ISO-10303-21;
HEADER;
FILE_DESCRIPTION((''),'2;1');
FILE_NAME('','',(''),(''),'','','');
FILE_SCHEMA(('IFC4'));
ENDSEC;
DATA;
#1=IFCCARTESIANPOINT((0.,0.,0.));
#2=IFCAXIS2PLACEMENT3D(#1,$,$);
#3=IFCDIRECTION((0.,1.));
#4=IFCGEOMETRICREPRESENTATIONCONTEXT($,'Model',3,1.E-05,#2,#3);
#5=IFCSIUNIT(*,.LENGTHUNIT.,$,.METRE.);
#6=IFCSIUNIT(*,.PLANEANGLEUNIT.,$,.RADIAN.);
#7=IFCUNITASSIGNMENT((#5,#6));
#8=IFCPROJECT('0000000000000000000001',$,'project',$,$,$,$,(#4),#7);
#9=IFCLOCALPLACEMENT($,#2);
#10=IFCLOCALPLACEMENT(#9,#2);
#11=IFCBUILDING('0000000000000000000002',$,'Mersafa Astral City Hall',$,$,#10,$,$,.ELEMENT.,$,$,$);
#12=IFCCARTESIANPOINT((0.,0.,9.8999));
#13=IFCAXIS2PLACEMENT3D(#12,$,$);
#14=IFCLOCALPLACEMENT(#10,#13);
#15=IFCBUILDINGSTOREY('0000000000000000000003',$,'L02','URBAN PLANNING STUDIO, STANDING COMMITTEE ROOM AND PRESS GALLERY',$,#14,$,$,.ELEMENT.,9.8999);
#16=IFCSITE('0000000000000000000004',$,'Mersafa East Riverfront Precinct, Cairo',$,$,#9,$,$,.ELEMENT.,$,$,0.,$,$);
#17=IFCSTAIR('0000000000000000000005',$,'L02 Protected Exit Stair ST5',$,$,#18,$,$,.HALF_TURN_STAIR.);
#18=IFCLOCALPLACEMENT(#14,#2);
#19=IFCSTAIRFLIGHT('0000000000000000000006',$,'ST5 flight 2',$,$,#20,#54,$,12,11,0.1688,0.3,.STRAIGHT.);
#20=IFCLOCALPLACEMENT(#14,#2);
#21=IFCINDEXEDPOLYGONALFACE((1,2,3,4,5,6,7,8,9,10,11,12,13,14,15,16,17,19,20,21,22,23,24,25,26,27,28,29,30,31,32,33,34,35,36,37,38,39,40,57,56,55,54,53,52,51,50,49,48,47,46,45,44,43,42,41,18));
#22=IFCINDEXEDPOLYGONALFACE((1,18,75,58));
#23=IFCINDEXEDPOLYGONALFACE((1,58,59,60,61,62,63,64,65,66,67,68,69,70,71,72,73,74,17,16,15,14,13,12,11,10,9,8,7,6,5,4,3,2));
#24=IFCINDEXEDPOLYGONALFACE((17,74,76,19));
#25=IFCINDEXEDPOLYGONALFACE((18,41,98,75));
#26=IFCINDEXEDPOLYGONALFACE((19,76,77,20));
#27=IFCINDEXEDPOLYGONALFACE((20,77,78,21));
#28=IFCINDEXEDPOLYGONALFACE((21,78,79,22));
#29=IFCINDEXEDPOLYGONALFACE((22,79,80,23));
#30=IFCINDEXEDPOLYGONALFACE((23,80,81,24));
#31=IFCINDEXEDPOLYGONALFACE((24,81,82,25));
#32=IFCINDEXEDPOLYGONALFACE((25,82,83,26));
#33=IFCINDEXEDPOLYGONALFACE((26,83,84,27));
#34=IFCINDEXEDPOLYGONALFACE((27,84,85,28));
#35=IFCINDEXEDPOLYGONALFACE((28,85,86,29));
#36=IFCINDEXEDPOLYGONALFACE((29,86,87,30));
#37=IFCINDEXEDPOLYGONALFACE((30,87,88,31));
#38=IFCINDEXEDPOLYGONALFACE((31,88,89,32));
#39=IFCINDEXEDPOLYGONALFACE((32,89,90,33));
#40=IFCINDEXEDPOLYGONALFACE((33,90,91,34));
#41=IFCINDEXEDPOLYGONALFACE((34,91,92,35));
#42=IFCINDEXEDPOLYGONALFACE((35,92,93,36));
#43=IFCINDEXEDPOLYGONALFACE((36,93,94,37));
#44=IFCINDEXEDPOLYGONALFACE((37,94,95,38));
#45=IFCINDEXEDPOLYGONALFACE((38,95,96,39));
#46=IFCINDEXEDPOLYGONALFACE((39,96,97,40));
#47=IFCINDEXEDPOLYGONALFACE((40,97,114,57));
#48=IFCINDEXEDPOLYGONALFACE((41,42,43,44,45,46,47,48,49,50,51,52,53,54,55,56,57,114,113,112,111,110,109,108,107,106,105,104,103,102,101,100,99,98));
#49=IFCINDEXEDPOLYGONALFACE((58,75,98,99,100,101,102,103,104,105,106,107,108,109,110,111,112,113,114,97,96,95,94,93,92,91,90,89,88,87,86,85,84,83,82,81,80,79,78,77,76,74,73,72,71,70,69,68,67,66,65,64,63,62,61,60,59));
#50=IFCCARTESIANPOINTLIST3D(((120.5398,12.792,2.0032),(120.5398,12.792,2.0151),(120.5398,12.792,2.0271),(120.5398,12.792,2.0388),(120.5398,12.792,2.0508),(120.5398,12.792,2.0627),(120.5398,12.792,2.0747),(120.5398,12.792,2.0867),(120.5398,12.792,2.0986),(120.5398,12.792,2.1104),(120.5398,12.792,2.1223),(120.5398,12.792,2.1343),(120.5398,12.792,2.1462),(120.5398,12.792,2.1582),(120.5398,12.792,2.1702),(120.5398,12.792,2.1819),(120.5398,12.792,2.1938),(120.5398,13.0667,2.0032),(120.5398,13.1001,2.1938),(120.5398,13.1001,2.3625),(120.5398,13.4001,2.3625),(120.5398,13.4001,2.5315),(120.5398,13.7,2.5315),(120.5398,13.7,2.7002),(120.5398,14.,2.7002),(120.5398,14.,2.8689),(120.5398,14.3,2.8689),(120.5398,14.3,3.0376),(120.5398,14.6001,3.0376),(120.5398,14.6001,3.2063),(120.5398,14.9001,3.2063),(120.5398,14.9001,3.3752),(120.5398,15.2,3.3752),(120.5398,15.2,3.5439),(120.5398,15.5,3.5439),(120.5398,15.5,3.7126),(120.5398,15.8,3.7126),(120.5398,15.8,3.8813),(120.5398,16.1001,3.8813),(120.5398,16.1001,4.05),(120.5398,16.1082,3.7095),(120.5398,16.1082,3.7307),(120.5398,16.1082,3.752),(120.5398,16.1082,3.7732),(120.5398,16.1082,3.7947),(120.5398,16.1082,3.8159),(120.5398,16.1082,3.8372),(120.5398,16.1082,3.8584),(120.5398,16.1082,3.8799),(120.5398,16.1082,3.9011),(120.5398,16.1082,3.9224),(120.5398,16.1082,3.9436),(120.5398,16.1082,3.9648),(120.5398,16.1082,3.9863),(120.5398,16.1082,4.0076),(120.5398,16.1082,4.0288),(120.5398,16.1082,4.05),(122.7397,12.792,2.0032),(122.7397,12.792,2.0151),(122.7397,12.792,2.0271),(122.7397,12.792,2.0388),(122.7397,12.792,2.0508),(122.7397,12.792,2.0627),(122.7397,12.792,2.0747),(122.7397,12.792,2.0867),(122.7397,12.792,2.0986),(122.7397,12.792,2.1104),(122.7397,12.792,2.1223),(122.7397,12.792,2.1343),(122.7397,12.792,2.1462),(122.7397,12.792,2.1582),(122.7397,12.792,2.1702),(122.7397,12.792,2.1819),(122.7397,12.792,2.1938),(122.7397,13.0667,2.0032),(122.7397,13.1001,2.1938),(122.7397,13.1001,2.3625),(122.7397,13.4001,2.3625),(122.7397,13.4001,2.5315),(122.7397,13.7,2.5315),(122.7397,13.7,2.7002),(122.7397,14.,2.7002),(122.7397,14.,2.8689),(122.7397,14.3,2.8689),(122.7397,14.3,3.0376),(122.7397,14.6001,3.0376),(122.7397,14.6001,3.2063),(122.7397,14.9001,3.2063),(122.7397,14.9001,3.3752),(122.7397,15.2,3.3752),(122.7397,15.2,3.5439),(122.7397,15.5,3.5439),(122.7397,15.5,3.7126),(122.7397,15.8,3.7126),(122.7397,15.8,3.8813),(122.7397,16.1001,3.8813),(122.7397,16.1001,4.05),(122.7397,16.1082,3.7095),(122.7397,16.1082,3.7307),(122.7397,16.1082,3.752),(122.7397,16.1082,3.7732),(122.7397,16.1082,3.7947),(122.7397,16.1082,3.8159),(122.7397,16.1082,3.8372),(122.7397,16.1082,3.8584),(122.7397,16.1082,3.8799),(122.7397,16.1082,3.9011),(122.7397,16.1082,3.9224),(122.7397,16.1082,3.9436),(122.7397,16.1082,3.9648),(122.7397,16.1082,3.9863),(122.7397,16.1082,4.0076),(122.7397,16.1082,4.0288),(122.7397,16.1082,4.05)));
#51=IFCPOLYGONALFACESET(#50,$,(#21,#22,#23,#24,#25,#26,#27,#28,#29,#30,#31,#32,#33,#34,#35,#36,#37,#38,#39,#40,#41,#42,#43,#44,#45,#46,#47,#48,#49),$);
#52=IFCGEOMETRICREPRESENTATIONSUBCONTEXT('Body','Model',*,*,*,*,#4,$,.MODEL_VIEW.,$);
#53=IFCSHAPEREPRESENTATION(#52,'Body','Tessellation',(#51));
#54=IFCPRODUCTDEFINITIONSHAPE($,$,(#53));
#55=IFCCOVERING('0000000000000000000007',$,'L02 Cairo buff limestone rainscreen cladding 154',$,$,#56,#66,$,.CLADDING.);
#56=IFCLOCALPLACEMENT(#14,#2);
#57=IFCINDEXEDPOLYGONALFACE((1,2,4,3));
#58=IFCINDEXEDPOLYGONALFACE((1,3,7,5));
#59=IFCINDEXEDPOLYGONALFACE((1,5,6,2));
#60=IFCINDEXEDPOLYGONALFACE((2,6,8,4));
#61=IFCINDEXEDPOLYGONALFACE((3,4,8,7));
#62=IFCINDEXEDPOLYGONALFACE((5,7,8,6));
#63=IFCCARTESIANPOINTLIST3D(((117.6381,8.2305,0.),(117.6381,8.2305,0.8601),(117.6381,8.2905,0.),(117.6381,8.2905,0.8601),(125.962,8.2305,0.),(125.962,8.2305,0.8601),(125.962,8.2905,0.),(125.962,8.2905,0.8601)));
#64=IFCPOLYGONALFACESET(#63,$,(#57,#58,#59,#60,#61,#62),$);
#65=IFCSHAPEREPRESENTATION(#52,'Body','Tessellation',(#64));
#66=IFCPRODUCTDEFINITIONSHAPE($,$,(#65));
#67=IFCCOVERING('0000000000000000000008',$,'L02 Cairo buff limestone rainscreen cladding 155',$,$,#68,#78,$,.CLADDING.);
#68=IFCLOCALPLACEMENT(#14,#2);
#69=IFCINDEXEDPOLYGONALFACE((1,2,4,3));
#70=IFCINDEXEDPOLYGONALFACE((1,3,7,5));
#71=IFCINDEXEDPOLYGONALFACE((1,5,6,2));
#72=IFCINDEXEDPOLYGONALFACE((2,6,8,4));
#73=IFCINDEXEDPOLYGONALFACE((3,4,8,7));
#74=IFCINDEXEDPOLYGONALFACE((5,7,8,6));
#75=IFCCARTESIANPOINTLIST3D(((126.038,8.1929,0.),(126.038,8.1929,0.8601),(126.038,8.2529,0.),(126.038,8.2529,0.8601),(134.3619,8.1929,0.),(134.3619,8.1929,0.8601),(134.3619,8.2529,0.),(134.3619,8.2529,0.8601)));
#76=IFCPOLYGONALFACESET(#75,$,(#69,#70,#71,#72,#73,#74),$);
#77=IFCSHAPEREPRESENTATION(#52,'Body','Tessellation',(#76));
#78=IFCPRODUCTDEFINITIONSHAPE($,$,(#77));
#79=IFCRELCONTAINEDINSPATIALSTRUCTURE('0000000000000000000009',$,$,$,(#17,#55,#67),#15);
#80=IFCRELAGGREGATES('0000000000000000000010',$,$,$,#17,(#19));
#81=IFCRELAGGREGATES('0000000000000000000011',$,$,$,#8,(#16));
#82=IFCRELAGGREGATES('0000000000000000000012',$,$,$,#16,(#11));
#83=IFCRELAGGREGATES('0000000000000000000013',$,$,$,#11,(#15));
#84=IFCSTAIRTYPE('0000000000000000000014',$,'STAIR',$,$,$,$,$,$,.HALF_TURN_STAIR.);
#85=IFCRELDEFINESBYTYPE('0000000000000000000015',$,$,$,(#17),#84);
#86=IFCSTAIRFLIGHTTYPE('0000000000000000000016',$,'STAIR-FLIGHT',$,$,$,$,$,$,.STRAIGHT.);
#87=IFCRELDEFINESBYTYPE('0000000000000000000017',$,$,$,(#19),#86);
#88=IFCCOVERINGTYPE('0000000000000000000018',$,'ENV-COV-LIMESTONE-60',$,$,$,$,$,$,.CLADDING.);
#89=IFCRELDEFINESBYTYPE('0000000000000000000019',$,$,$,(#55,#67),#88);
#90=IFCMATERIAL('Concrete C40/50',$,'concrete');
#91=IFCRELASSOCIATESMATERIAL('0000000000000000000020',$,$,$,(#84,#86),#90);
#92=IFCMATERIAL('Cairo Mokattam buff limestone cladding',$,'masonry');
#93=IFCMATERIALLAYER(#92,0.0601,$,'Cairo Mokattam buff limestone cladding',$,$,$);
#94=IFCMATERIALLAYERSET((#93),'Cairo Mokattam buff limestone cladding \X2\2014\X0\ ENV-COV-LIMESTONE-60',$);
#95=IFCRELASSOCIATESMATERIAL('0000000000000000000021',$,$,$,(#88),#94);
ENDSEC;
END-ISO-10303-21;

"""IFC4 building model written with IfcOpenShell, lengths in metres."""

from ifc_helpers import new_model, si_unit, direction, frame, origin, origin_2d, place, context, subcontext, project, spatial, polyline, rectangle, outline, extrude, material, layer, layer_set, type_object, element, aggregate, save


model = new_model("IFC4")

# Units and contexts
model_context = context("Model", 3, precision=1e-05, world=origin(), true_north=direction((0.0, 1.0)))
body_context = subcontext(model_context, "Body", "Model", "MODEL_VIEW")
ifc_project = project(units=[si_unit("LENGTHUNIT", "METRE"), si_unit("PLANEANGLEUNIT", "RADIAN")], contexts=[model_context])

# Site, building, storey
site_placement = place(None, origin())
site = spatial("IfcSite", under=ifc_project, at=site_placement, Name="Mersafa East Riverfront Precinct, Cairo", CompositionType="ELEMENT", RefElevation=0.0)
building_placement = place(site_placement, origin())
building = spatial("IfcBuilding", under=site, at=building_placement, Name="Mersafa Astral City Hall", CompositionType="ELEMENT")
storey_placement = place(building_placement, frame((0.0, 0.0, 9.8999)))
storey = spatial("IfcBuildingStorey", under=building, at=storey_placement, Name="L02", Description="URBAN PLANNING STUDIO, STANDING COMMITTEE ROOM AND PRESS GALLERY", CompositionType="ELEMENT", Elevation=9.8999)

# Shared definitions
ifc_material_1 = material(Name="Concrete C40/50", Category="concrete")

# Stair, stair flight
stair_type = type_object("IfcStairType", Name="STAIR", PredefinedType="HALF_TURN_STAIR", material=ifc_material_1)
stair_placement = place(storey_placement, origin())
stair = element("IfcStair", 1, at=stair_placement, inside=storey, type_object=stair_type, Name="L02 Protected Exit Stair ST5", PredefinedType="HALF_TURN_STAIR")
stair_flight_type = type_object("IfcStairFlightType", Name="STAIR-FLIGHT", PredefinedType="STRAIGHT", material=ifc_material_1)
stair_flight_placement = place(storey_placement, frame((121.6399, 12.8, 2.0251), z_axis=(0.0, 0.0, 1.0), x_axis=(0.0, 1.0, 0.0)))
stair_flight = element("IfcStairFlight", 2, at=stair_flight_placement, type_object=stair_flight_type, Name="ST5 flight 2", NumberOfRisers=12, NumberOfTreads=11, PredefinedType="STRAIGHT", RiserHeight=0.1688, TreadLength=0.3, context=body_context, shape_type="SweptSolid", body=[
    extrude(outline(polyline([(-0.0081, -0.022), (-0.0081, -0.01), (-0.0081, 0.002), (-0.0081, 0.0137), (-0.0081, 0.0256), (-0.0081, 0.0376), (-0.0081, 0.0496), (-0.0081, 0.0615), (-0.0081, 0.0735), (-0.0081, 0.0852), (-0.0081, 0.0972), (-0.0081, 0.1091), (-0.0081, 0.1211), (-0.0081, 0.1331), (-0.0081, 0.145), (-0.0081, 0.1567), (-0.0081, 0.1687), (0.3, 0.1687), (0.3, 0.3374), (0.6001, 0.3374), (0.6001, 0.5063), (0.8999, 0.5063), (0.8999, 0.675), (1.2, 0.675), (1.2, 0.8438), (1.5, 0.8438), (1.5, 1.0125), (1.8, 1.0125), (1.8, 1.1812), (2.1001, 1.1812), (2.1001, 1.3501), (2.3999, 1.3501), (2.3999, 1.5188), (2.7, 1.5188), (2.7, 1.6875), (3.0, 1.6875), (3.0, 1.8562), (3.3, 1.8562), (3.3, 2.0249), (3.3081, 2.0249), (3.3081, 2.0037), (3.3081, 1.9824), (3.3081, 1.9612), (3.3081, 1.9397), (3.3081, 1.9185), (3.3081, 1.8972), (3.3081, 1.876), (3.3081, 1.8547), (3.3081, 1.8333), (3.3081, 1.812), (3.3081, 1.7908), (3.3081, 1.7695), (3.3081, 1.748), (3.3081, 1.7268), (3.3081, 1.7056), (3.3081, 1.6843), (0.2666, -0.022), (-0.0081, -0.022)])), frame((0.0, 1.1001, 0.0), z_axis=(0.0, -1.0, 0.0), x_axis=(1.0, 0.0, 0.0)), (0.0, 0.0, 1.0), 2.2),
])
aggregate(stair, [stair_flight])

# Coverings
ifc_material_2 = material(Name="Cairo Mokattam buff limestone cladding", Category="masonry")
ifc_layer_1 = layer(ifc_material_2, 0.0601, Name="Cairo Mokattam buff limestone cladding")
ifc_layer_set_1 = layer_set([ifc_layer_1], Name="Cairo Mokattam buff limestone cladding — ENV-COV-LIMESTONE-60")
covering_type = type_object("IfcCoveringType", Name="ENV-COV-LIMESTONE-60", PredefinedType="CLADDING", material=ifc_layer_set_1)
for number, where, z_axis, x_axis, name in (
    (3, (121.8, 8.2605, 0.0), (0.0, 0.0, 1.0), (1.0, 0.0, 0.0), "L02 Cairo buff limestone rainscreen cladding 154"),
    (4, (130.2, 8.2229, 0.0), (0.0, 0.0, 1.0), (1.0, 0.0, 0.0), "L02 Cairo buff limestone rainscreen cladding 155"),
):
    element("IfcCovering", number, at=place(storey_placement, frame(where, z_axis=z_axis, x_axis=x_axis)), inside=storey, type_object=covering_type, Name=name, PredefinedType="CLADDING", context=body_context, shape_type="SweptSolid", body=[
        extrude(rectangle(XDim=8.324, YDim=0.0601, at=origin_2d()), origin(), (0.0, 0.0, 1.0), 0.8601),
    ])

save(model, "model.ifc")
